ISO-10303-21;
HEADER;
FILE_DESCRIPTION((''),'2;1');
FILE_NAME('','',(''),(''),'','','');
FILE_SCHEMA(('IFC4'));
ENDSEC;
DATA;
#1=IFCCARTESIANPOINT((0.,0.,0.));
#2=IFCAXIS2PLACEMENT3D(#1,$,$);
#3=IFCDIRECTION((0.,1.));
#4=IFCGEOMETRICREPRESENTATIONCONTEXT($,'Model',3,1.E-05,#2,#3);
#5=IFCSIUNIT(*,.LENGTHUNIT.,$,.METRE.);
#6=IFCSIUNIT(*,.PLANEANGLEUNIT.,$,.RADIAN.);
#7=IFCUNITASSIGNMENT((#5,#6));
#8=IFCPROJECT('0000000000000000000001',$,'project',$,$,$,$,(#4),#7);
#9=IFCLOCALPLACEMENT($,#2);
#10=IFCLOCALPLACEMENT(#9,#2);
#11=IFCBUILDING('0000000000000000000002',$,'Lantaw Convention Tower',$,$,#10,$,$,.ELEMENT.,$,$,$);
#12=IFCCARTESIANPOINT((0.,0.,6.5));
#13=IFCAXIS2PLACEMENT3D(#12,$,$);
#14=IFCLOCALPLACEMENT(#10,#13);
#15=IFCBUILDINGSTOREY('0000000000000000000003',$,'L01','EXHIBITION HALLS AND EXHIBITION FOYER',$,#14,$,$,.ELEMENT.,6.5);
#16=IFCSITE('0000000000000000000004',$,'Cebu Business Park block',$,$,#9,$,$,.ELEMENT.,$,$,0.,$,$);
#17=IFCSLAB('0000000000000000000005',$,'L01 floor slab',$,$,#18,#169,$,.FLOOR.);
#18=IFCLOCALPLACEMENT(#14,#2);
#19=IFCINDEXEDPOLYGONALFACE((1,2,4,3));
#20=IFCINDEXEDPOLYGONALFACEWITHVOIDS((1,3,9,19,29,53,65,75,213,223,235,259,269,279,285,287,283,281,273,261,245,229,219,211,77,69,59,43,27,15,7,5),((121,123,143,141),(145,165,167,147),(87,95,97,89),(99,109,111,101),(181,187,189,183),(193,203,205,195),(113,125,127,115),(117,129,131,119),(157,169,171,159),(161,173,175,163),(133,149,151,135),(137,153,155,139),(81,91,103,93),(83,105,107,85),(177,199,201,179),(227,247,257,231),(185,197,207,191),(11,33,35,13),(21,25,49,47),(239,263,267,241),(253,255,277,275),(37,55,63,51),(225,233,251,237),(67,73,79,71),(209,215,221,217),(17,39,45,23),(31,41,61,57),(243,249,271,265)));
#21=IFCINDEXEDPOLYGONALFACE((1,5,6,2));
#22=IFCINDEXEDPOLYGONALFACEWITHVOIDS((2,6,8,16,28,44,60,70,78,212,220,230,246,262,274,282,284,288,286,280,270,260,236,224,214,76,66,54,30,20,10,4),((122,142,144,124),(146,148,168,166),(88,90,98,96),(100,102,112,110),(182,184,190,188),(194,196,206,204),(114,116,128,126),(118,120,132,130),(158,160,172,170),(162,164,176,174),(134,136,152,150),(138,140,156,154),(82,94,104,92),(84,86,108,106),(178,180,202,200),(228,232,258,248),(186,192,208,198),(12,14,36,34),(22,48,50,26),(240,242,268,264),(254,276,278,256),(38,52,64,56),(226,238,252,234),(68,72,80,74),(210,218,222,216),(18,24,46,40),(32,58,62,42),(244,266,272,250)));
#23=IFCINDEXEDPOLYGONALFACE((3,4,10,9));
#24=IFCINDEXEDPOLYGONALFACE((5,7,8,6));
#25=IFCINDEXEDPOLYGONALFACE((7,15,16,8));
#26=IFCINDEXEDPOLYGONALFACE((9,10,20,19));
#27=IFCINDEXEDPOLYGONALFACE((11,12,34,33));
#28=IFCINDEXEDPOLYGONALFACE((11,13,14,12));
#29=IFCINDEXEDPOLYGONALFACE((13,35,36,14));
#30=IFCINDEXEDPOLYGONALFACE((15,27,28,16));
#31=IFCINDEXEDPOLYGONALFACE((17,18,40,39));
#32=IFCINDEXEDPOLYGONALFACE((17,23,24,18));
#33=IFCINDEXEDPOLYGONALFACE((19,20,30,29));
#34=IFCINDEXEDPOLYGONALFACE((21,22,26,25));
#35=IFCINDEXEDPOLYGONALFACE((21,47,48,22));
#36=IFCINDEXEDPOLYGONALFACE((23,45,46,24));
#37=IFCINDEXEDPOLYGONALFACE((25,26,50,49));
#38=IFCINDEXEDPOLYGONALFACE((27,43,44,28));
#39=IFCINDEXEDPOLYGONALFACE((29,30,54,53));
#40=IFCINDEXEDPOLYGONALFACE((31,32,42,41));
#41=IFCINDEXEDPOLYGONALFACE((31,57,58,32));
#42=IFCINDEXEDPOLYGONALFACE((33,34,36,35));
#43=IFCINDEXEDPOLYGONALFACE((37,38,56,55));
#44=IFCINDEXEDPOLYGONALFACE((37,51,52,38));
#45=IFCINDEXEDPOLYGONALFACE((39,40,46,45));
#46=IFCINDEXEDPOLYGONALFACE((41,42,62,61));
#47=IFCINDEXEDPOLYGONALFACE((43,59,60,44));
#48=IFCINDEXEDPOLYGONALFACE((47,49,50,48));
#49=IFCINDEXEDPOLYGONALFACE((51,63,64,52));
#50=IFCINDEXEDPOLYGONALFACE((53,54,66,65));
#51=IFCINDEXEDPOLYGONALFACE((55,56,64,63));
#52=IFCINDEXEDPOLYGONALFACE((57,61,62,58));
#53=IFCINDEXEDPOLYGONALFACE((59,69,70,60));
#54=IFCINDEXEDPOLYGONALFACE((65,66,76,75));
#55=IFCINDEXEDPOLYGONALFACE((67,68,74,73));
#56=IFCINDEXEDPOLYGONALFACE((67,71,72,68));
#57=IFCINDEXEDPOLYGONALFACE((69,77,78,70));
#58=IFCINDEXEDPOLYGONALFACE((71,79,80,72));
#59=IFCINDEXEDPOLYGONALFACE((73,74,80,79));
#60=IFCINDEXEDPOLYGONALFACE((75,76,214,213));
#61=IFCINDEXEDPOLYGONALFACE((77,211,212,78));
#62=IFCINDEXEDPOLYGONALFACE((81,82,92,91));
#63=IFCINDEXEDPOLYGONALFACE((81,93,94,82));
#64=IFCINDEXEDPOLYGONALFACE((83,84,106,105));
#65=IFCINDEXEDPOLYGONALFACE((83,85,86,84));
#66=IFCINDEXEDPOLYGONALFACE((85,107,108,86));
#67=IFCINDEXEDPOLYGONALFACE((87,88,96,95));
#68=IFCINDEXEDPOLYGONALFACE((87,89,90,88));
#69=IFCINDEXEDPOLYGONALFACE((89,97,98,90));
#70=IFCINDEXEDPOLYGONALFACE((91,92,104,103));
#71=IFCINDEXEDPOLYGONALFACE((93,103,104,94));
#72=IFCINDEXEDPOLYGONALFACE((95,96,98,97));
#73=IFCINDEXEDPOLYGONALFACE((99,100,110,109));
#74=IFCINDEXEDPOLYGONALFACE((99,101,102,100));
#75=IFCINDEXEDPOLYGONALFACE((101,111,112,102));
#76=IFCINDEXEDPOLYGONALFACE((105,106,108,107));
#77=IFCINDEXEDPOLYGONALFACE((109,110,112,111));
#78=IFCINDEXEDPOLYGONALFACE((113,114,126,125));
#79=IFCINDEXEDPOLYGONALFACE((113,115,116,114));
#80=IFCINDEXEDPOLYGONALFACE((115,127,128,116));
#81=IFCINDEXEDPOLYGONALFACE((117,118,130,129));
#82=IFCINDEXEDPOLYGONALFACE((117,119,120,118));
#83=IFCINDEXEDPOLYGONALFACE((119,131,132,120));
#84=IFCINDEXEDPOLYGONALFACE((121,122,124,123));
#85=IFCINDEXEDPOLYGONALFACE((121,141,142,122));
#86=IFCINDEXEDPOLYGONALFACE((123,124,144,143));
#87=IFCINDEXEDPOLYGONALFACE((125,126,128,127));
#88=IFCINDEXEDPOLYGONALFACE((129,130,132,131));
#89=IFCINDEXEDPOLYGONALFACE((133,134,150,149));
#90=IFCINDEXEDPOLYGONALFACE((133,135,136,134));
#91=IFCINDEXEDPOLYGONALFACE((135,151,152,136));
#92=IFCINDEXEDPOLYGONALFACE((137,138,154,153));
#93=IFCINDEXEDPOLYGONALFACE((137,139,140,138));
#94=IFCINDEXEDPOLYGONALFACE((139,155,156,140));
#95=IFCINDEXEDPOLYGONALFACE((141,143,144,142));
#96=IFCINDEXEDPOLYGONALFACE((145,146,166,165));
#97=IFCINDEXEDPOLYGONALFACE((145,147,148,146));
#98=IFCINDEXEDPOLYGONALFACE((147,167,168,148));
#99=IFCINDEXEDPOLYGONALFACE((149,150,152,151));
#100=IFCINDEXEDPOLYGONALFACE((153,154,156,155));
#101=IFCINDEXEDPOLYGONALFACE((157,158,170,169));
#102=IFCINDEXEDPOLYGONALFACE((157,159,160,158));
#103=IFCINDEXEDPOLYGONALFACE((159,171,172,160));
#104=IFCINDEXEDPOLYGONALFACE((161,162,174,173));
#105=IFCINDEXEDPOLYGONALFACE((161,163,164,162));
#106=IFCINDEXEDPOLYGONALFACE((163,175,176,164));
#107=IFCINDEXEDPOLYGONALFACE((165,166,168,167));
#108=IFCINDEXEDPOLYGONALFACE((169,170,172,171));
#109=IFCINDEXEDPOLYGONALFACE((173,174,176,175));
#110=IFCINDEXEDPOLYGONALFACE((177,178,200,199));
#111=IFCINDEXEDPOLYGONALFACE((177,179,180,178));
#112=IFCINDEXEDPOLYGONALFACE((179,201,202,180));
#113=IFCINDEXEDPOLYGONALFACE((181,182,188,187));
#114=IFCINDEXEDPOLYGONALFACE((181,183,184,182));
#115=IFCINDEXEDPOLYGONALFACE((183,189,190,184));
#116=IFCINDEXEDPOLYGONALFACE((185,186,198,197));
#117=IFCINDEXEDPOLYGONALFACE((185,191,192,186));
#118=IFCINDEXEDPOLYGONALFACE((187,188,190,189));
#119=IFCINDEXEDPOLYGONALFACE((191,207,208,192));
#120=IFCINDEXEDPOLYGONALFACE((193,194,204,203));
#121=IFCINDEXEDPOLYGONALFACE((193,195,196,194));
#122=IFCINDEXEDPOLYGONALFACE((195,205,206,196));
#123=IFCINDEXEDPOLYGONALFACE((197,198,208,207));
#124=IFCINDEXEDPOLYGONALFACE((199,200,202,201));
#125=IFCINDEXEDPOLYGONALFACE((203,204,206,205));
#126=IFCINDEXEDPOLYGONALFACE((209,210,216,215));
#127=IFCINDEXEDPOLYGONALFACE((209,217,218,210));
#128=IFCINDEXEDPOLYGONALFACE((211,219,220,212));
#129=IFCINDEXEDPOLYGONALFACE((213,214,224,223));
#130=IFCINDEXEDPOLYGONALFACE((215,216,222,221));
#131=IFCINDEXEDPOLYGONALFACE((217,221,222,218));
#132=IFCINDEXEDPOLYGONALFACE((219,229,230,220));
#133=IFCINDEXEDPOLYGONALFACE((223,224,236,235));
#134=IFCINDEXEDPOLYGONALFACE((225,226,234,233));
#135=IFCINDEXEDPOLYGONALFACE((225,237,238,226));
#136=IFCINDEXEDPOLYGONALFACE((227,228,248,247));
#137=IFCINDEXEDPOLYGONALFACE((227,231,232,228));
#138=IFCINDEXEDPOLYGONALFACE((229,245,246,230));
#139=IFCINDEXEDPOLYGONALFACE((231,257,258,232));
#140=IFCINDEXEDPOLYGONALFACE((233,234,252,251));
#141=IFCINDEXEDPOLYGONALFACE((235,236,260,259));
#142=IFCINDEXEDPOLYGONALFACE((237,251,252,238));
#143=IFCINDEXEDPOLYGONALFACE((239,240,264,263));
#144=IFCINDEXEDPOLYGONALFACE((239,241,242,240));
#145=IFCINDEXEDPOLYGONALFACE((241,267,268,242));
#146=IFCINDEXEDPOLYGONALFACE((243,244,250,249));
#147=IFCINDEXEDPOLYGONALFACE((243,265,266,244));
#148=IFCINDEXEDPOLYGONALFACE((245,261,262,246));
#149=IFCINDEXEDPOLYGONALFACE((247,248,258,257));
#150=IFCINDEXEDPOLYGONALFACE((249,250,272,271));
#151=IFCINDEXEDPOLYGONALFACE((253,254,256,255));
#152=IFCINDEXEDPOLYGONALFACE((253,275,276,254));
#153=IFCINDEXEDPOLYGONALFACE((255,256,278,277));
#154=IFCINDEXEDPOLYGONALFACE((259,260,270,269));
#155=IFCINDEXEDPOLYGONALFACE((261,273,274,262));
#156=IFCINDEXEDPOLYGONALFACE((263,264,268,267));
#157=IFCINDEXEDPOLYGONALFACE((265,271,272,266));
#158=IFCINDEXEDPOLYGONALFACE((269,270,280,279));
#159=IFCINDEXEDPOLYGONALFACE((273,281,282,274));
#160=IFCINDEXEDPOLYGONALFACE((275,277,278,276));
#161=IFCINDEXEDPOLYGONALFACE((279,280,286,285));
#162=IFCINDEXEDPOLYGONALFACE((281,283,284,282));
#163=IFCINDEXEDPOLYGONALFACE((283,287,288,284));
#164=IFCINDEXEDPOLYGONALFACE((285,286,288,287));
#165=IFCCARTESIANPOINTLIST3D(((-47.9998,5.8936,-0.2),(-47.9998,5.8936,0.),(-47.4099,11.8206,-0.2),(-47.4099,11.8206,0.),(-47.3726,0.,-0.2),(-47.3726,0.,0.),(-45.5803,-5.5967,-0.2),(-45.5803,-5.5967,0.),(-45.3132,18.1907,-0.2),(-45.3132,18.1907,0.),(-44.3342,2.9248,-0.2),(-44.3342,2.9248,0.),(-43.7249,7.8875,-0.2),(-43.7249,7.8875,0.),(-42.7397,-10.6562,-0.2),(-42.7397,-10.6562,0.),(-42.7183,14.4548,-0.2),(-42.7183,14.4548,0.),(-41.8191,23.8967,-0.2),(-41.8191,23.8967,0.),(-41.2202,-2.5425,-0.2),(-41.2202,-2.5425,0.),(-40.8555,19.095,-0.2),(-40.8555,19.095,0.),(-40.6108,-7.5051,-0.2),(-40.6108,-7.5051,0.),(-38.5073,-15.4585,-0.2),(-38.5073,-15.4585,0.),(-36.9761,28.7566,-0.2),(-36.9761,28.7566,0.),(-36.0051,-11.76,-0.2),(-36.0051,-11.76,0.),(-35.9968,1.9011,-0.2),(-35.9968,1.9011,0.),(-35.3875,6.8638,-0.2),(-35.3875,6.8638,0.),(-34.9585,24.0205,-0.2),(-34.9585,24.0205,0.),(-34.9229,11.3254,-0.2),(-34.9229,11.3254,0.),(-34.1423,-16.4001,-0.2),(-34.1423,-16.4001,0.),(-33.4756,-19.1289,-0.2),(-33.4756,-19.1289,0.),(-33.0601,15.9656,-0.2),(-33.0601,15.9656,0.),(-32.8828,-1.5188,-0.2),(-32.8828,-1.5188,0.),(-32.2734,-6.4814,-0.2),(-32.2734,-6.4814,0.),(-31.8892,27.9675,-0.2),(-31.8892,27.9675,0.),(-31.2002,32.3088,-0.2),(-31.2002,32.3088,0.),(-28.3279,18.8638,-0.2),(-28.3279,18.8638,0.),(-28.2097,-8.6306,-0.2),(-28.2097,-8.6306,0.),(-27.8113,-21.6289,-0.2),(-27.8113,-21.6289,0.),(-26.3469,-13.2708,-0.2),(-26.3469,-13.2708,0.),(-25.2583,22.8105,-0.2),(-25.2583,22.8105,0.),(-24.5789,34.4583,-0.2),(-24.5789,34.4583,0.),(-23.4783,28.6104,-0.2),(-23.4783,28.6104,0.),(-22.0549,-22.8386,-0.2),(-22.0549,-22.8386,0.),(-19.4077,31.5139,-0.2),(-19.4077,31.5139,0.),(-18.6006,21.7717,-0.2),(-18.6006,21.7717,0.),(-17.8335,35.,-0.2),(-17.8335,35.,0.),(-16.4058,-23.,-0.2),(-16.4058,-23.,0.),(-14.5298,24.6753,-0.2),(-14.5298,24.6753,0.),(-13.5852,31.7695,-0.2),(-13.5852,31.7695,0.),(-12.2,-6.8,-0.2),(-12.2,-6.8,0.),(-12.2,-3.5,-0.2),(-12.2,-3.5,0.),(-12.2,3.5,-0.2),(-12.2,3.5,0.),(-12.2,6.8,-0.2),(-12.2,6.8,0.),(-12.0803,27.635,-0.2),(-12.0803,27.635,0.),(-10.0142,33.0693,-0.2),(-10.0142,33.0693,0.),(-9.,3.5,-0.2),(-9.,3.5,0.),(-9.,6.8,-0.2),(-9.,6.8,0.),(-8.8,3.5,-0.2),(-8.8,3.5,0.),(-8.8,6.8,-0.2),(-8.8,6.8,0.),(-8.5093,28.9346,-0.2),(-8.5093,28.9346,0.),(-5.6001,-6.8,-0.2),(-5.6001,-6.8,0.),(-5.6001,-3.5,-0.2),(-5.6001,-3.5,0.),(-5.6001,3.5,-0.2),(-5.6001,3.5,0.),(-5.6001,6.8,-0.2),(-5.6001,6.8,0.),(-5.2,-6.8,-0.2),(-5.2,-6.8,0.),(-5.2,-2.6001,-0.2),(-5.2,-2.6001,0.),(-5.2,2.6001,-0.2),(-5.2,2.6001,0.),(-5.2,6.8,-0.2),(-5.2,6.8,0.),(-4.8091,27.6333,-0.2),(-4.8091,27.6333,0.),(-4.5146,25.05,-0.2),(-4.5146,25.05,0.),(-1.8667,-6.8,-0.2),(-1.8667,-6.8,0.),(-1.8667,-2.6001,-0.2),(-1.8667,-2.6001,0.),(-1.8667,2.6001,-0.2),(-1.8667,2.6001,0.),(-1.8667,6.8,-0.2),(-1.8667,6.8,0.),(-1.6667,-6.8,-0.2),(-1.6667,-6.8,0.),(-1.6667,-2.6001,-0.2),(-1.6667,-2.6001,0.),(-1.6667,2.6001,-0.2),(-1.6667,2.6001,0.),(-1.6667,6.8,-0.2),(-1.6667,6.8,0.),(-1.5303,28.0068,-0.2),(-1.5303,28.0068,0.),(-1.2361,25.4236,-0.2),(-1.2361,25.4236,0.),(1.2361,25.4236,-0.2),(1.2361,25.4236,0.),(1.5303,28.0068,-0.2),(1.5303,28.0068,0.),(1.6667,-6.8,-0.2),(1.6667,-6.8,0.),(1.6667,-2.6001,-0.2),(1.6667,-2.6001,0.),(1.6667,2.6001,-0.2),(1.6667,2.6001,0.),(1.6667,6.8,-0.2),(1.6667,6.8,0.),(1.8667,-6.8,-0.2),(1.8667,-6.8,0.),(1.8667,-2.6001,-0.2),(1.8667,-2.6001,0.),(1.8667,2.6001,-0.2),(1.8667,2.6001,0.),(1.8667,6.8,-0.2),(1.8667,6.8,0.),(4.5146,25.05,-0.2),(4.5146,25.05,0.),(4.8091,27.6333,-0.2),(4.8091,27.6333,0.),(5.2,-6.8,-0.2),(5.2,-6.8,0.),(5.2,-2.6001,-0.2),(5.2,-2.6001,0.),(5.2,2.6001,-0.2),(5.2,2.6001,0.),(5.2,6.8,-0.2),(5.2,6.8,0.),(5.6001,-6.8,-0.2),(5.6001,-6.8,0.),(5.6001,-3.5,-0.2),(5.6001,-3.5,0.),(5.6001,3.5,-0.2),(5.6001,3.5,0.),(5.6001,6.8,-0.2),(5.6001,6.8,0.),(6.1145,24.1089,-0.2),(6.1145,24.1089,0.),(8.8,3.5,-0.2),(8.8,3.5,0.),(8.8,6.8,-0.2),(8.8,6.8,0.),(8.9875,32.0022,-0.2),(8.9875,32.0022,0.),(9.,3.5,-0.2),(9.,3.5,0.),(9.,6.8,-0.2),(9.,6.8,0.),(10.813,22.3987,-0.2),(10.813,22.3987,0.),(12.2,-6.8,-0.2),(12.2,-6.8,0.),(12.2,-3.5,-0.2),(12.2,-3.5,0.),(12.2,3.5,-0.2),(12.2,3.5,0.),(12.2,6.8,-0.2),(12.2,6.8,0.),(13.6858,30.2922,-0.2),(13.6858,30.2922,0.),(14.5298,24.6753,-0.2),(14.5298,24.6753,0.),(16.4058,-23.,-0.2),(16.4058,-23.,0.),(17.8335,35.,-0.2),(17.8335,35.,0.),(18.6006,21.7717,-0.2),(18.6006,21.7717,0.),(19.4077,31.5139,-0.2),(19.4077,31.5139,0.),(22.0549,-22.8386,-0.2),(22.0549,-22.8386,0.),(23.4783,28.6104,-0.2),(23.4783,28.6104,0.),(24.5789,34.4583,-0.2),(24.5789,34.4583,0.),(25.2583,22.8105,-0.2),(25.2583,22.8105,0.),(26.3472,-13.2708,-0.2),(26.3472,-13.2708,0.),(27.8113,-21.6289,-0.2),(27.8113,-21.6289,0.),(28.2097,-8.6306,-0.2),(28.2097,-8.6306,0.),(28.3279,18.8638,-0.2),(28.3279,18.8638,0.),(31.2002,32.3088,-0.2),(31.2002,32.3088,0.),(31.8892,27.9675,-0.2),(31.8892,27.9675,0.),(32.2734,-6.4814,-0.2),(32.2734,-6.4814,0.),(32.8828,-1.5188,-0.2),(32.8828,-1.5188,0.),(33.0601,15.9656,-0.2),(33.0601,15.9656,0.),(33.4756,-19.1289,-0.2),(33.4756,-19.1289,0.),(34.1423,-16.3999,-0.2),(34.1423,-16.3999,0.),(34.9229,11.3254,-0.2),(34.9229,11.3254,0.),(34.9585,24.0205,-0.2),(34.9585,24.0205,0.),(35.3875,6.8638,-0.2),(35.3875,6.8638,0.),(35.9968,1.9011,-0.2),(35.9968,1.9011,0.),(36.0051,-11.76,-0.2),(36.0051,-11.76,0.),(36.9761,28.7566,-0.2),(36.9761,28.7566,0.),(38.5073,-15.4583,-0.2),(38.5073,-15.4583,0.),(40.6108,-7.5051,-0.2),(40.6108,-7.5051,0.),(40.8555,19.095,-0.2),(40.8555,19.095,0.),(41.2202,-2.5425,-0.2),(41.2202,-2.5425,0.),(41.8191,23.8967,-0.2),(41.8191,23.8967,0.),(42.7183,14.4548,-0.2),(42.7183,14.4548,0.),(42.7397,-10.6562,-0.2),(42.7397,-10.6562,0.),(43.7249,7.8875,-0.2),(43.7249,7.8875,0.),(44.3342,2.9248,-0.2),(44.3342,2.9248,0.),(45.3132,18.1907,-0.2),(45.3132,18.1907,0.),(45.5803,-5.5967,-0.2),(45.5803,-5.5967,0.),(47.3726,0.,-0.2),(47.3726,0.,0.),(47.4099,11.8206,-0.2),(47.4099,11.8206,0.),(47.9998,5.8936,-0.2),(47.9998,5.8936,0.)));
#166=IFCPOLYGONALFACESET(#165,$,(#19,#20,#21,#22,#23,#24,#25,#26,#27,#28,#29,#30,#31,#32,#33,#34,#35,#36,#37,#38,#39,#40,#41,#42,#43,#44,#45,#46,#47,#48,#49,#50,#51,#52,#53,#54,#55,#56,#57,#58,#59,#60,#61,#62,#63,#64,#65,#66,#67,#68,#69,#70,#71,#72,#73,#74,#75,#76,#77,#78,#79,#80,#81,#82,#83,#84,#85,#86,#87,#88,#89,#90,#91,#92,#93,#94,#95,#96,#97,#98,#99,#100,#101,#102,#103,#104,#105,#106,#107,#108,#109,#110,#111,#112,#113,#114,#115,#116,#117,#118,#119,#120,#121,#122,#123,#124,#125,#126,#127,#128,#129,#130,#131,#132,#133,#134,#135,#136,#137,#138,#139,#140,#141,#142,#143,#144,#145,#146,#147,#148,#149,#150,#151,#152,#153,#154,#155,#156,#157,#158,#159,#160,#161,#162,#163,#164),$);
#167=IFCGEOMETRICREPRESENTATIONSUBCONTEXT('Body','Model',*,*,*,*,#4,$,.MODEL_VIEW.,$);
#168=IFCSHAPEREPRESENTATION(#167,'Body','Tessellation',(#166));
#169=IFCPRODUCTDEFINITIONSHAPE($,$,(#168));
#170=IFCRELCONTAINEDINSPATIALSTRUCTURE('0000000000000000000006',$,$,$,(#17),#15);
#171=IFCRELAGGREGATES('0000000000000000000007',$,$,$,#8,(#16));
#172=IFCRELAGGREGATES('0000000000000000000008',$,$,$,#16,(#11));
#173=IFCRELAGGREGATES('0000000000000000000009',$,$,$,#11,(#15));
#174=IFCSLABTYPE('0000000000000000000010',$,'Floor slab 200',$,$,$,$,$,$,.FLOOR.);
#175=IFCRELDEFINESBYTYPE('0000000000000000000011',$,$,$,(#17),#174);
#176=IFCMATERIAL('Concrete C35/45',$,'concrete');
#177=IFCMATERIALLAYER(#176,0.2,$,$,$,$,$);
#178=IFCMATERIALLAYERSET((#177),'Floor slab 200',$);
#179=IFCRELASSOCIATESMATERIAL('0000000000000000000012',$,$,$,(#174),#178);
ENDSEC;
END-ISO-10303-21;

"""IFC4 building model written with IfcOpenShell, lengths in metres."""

from ifc_helpers import new_model, si_unit, direction, frame, origin, place, context, subcontext, project, spatial, polyline, outline, extrude, material, layer, layer_set, type_object, element, save


model = new_model("IFC4")

# Units and contexts
model_context = context("Model", 3, precision=1e-05, world=origin(), true_north=direction((0.0, 1.0)))
body_context = subcontext(model_context, "Body", "Model", "MODEL_VIEW")
ifc_project = project(units=[si_unit("LENGTHUNIT", "METRE"), si_unit("PLANEANGLEUNIT", "RADIAN")], contexts=[model_context])

# Site, building, storey
site_placement = place(None, origin())
site = spatial("IfcSite", under=ifc_project, at=site_placement, Name="Cebu Business Park block", CompositionType="ELEMENT", RefElevation=0.0)
building_placement = place(site_placement, origin())
building = spatial("IfcBuilding", under=site, at=building_placement, Name="Lantaw Convention Tower", CompositionType="ELEMENT")
storey_placement = place(building_placement, frame((0.0, 0.0, 6.5)))
storey = spatial("IfcBuildingStorey", under=building, at=storey_placement, Name="L01", Description="EXHIBITION HALLS AND EXHIBITION FOYER", CompositionType="ELEMENT", Elevation=6.5)

# Slab
ifc_material_1 = material(Name="Concrete C35/45", Category="concrete")
ifc_layer_1 = layer(ifc_material_1, 0.2)
ifc_layer_set_1 = layer_set([ifc_layer_1], Name="Floor slab 200")
slab_type_1 = type_object("IfcSlabType", Name="Floor slab 200", PredefinedType="FLOOR", material=ifc_layer_set_1)
slab_1_placement = place(storey_placement, frame((0.0, 0.0, -0.2)))
element("IfcSlab", 1, at=slab_1_placement, inside=storey, type_object=slab_type_1, Name="L01 floor slab", PredefinedType="FLOOR", context=body_context, shape_type="SweptSolid", body=[
    extrude(outline(polyline([(45.5803, -5.5967), (47.3726, 0.0), (47.9998, 5.8936), (47.4099, 11.8206), (45.3132, 18.1907), (41.8191, 23.8967), (36.9761, 28.7566), (31.2002, 32.3088), (24.5789, 34.4583), (17.8335, 35.0), (-17.8335, 35.0), (-24.5789, 34.4583), (-31.2002, 32.3088), (-36.9761, 28.7566), (-41.8191, 23.8967), (-45.3132, 18.1907), (-47.4099, 11.8206), (-47.9998, 5.8936), (-47.3726, 0.0), (-45.5803, -5.5967), (-42.7397, -10.6562), (-38.5073, -15.4585), (-33.4756, -19.1289), (-27.8113, -21.6289), (-22.0549, -22.8386), (-16.4058, -23.0), (16.4058, -23.0), (22.0549, -22.8386), (27.8113, -21.6289), (33.4756, -19.1289), (38.5073, -15.4583), (42.7397, -10.6562), (45.5803, -5.5967)]), holes=[polyline([(-36.0051, -11.76), (-34.1423, -16.4001), (-26.3469, -13.2708), (-28.2097, -8.6306), (-36.0051, -11.76)]), polyline([(-12.2, -6.8), (-5.6001, -6.8), (-5.6001, -3.5), (-12.2, -3.5), (-12.2, -6.8)]), polyline([(-5.2, -6.8), (-1.8667, -6.8), (-1.8667, -2.6001), (-5.2, -2.6001), (-5.2, -6.8)]), polyline([(-1.6667, -6.8), (1.6667, -6.8), (1.6667, -2.6001), (-1.6667, -2.6001), (-1.6667, -6.8)]), polyline([(-32.8828, -1.5188), (-41.2202, -2.5425), (-40.6108, -7.5051), (-32.2734, -6.4814), (-32.8828, -1.5188)]), polyline([(-5.2, 2.6001), (-1.8667, 2.6001), (-1.8667, 6.8), (-5.2, 6.8), (-5.2, 2.6001)]), polyline([(-35.3875, 6.8638), (-43.7249, 7.8875), (-44.3342, 2.9248), (-35.9968, 1.9011), (-35.3875, 6.8638)]), polyline([(-9.0, 3.5), (-9.0, 6.8), (-12.2, 6.8), (-12.2, 3.5), (-9.0, 3.5)]), polyline([(-8.8, 3.5), (-5.6001, 3.5), (-5.6001, 6.8), (-8.8, 6.8), (-8.8, 3.5)]), polyline([(-33.0601, 15.9656), (-40.8555, 19.095), (-42.7183, 14.4548), (-34.9229, 11.3254), (-33.0601, 15.9656)]), polyline([(-25.2583, 22.8105), (-31.8892, 27.9675), (-34.9585, 24.0205), (-28.3279, 18.8638), (-25.2583, 22.8105)]), polyline([(-1.2361, 25.4236), (-1.5303, 28.0068), (-4.8091, 27.6333), (-4.5146, 25.05), (-1.2361, 25.4236)]), polyline([(-14.5298, 24.6753), (-19.4077, 31.5139), (-23.4783, 28.6104), (-18.6006, 21.7717), (-14.5298, 24.6753)]), polyline([(-8.5093, 28.9346), (-10.0142, 33.0693), (-13.5852, 31.7695), (-12.0803, 27.635), (-8.5093, 28.9346)]), polyline([(34.1423, -16.3999), (36.0051, -11.76), (28.2097, -8.6306), (26.3472, -13.2708), (34.1423, -16.3999)]), polyline([(5.6001, -6.8), (12.2, -6.8), (12.2, -3.5), (5.6001, -3.5), (5.6001, -6.8)]), polyline([(1.8667, -6.8), (5.2, -6.8), (5.2, -2.6001), (1.8667, -2.6001), (1.8667, -6.8)]), polyline([(32.2734, -6.4814), (40.6108, -7.5051), (41.2202, -2.5425), (32.8828, -1.5188), (32.2734, -6.4814)]), polyline([(-1.6667, 2.6001), (1.6667, 2.6001), (1.6667, 6.8), (-1.6667, 6.8), (-1.6667, 2.6001)]), polyline([(1.8667, 2.6001), (5.2, 2.6001), (5.2, 6.8), (1.8667, 6.8), (1.8667, 2.6001)]), polyline([(35.9968, 1.9011), (44.3342, 2.9248), (43.7249, 7.8875), (35.3875, 6.8638), (35.9968, 1.9011)]), polyline([(8.8, 3.5), (8.8, 6.8), (5.6001, 6.8), (5.6001, 3.5), (8.8, 3.5)]), polyline([(9.0, 3.5), (12.2, 3.5), (12.2, 6.8), (9.0, 6.8), (9.0, 3.5)]), polyline([(34.9229, 11.3254), (42.7183, 14.4548), (40.8555, 19.095), (33.0601, 15.9656), (34.9229, 11.3254)]), polyline([(28.3279, 18.8638), (34.9585, 24.0205), (31.8892, 27.9675), (25.2583, 22.8105), (28.3279, 18.8638)]), polyline([(4.5146, 25.05), (4.8091, 27.6333), (1.5303, 28.0068), (1.2361, 25.4236), (4.5146, 25.05)]), polyline([(18.6006, 21.7717), (23.4783, 28.6104), (19.4077, 31.5139), (14.5298, 24.6753), (18.6006, 21.7717)]), polyline([(10.813, 22.3987), (13.6858, 30.2922), (8.9875, 32.0022), (6.1145, 24.1089), (10.813, 22.3987)])]), origin(), (0.0, 0.0, 1.0), 0.2),
])

save(model, "model.ifc")
